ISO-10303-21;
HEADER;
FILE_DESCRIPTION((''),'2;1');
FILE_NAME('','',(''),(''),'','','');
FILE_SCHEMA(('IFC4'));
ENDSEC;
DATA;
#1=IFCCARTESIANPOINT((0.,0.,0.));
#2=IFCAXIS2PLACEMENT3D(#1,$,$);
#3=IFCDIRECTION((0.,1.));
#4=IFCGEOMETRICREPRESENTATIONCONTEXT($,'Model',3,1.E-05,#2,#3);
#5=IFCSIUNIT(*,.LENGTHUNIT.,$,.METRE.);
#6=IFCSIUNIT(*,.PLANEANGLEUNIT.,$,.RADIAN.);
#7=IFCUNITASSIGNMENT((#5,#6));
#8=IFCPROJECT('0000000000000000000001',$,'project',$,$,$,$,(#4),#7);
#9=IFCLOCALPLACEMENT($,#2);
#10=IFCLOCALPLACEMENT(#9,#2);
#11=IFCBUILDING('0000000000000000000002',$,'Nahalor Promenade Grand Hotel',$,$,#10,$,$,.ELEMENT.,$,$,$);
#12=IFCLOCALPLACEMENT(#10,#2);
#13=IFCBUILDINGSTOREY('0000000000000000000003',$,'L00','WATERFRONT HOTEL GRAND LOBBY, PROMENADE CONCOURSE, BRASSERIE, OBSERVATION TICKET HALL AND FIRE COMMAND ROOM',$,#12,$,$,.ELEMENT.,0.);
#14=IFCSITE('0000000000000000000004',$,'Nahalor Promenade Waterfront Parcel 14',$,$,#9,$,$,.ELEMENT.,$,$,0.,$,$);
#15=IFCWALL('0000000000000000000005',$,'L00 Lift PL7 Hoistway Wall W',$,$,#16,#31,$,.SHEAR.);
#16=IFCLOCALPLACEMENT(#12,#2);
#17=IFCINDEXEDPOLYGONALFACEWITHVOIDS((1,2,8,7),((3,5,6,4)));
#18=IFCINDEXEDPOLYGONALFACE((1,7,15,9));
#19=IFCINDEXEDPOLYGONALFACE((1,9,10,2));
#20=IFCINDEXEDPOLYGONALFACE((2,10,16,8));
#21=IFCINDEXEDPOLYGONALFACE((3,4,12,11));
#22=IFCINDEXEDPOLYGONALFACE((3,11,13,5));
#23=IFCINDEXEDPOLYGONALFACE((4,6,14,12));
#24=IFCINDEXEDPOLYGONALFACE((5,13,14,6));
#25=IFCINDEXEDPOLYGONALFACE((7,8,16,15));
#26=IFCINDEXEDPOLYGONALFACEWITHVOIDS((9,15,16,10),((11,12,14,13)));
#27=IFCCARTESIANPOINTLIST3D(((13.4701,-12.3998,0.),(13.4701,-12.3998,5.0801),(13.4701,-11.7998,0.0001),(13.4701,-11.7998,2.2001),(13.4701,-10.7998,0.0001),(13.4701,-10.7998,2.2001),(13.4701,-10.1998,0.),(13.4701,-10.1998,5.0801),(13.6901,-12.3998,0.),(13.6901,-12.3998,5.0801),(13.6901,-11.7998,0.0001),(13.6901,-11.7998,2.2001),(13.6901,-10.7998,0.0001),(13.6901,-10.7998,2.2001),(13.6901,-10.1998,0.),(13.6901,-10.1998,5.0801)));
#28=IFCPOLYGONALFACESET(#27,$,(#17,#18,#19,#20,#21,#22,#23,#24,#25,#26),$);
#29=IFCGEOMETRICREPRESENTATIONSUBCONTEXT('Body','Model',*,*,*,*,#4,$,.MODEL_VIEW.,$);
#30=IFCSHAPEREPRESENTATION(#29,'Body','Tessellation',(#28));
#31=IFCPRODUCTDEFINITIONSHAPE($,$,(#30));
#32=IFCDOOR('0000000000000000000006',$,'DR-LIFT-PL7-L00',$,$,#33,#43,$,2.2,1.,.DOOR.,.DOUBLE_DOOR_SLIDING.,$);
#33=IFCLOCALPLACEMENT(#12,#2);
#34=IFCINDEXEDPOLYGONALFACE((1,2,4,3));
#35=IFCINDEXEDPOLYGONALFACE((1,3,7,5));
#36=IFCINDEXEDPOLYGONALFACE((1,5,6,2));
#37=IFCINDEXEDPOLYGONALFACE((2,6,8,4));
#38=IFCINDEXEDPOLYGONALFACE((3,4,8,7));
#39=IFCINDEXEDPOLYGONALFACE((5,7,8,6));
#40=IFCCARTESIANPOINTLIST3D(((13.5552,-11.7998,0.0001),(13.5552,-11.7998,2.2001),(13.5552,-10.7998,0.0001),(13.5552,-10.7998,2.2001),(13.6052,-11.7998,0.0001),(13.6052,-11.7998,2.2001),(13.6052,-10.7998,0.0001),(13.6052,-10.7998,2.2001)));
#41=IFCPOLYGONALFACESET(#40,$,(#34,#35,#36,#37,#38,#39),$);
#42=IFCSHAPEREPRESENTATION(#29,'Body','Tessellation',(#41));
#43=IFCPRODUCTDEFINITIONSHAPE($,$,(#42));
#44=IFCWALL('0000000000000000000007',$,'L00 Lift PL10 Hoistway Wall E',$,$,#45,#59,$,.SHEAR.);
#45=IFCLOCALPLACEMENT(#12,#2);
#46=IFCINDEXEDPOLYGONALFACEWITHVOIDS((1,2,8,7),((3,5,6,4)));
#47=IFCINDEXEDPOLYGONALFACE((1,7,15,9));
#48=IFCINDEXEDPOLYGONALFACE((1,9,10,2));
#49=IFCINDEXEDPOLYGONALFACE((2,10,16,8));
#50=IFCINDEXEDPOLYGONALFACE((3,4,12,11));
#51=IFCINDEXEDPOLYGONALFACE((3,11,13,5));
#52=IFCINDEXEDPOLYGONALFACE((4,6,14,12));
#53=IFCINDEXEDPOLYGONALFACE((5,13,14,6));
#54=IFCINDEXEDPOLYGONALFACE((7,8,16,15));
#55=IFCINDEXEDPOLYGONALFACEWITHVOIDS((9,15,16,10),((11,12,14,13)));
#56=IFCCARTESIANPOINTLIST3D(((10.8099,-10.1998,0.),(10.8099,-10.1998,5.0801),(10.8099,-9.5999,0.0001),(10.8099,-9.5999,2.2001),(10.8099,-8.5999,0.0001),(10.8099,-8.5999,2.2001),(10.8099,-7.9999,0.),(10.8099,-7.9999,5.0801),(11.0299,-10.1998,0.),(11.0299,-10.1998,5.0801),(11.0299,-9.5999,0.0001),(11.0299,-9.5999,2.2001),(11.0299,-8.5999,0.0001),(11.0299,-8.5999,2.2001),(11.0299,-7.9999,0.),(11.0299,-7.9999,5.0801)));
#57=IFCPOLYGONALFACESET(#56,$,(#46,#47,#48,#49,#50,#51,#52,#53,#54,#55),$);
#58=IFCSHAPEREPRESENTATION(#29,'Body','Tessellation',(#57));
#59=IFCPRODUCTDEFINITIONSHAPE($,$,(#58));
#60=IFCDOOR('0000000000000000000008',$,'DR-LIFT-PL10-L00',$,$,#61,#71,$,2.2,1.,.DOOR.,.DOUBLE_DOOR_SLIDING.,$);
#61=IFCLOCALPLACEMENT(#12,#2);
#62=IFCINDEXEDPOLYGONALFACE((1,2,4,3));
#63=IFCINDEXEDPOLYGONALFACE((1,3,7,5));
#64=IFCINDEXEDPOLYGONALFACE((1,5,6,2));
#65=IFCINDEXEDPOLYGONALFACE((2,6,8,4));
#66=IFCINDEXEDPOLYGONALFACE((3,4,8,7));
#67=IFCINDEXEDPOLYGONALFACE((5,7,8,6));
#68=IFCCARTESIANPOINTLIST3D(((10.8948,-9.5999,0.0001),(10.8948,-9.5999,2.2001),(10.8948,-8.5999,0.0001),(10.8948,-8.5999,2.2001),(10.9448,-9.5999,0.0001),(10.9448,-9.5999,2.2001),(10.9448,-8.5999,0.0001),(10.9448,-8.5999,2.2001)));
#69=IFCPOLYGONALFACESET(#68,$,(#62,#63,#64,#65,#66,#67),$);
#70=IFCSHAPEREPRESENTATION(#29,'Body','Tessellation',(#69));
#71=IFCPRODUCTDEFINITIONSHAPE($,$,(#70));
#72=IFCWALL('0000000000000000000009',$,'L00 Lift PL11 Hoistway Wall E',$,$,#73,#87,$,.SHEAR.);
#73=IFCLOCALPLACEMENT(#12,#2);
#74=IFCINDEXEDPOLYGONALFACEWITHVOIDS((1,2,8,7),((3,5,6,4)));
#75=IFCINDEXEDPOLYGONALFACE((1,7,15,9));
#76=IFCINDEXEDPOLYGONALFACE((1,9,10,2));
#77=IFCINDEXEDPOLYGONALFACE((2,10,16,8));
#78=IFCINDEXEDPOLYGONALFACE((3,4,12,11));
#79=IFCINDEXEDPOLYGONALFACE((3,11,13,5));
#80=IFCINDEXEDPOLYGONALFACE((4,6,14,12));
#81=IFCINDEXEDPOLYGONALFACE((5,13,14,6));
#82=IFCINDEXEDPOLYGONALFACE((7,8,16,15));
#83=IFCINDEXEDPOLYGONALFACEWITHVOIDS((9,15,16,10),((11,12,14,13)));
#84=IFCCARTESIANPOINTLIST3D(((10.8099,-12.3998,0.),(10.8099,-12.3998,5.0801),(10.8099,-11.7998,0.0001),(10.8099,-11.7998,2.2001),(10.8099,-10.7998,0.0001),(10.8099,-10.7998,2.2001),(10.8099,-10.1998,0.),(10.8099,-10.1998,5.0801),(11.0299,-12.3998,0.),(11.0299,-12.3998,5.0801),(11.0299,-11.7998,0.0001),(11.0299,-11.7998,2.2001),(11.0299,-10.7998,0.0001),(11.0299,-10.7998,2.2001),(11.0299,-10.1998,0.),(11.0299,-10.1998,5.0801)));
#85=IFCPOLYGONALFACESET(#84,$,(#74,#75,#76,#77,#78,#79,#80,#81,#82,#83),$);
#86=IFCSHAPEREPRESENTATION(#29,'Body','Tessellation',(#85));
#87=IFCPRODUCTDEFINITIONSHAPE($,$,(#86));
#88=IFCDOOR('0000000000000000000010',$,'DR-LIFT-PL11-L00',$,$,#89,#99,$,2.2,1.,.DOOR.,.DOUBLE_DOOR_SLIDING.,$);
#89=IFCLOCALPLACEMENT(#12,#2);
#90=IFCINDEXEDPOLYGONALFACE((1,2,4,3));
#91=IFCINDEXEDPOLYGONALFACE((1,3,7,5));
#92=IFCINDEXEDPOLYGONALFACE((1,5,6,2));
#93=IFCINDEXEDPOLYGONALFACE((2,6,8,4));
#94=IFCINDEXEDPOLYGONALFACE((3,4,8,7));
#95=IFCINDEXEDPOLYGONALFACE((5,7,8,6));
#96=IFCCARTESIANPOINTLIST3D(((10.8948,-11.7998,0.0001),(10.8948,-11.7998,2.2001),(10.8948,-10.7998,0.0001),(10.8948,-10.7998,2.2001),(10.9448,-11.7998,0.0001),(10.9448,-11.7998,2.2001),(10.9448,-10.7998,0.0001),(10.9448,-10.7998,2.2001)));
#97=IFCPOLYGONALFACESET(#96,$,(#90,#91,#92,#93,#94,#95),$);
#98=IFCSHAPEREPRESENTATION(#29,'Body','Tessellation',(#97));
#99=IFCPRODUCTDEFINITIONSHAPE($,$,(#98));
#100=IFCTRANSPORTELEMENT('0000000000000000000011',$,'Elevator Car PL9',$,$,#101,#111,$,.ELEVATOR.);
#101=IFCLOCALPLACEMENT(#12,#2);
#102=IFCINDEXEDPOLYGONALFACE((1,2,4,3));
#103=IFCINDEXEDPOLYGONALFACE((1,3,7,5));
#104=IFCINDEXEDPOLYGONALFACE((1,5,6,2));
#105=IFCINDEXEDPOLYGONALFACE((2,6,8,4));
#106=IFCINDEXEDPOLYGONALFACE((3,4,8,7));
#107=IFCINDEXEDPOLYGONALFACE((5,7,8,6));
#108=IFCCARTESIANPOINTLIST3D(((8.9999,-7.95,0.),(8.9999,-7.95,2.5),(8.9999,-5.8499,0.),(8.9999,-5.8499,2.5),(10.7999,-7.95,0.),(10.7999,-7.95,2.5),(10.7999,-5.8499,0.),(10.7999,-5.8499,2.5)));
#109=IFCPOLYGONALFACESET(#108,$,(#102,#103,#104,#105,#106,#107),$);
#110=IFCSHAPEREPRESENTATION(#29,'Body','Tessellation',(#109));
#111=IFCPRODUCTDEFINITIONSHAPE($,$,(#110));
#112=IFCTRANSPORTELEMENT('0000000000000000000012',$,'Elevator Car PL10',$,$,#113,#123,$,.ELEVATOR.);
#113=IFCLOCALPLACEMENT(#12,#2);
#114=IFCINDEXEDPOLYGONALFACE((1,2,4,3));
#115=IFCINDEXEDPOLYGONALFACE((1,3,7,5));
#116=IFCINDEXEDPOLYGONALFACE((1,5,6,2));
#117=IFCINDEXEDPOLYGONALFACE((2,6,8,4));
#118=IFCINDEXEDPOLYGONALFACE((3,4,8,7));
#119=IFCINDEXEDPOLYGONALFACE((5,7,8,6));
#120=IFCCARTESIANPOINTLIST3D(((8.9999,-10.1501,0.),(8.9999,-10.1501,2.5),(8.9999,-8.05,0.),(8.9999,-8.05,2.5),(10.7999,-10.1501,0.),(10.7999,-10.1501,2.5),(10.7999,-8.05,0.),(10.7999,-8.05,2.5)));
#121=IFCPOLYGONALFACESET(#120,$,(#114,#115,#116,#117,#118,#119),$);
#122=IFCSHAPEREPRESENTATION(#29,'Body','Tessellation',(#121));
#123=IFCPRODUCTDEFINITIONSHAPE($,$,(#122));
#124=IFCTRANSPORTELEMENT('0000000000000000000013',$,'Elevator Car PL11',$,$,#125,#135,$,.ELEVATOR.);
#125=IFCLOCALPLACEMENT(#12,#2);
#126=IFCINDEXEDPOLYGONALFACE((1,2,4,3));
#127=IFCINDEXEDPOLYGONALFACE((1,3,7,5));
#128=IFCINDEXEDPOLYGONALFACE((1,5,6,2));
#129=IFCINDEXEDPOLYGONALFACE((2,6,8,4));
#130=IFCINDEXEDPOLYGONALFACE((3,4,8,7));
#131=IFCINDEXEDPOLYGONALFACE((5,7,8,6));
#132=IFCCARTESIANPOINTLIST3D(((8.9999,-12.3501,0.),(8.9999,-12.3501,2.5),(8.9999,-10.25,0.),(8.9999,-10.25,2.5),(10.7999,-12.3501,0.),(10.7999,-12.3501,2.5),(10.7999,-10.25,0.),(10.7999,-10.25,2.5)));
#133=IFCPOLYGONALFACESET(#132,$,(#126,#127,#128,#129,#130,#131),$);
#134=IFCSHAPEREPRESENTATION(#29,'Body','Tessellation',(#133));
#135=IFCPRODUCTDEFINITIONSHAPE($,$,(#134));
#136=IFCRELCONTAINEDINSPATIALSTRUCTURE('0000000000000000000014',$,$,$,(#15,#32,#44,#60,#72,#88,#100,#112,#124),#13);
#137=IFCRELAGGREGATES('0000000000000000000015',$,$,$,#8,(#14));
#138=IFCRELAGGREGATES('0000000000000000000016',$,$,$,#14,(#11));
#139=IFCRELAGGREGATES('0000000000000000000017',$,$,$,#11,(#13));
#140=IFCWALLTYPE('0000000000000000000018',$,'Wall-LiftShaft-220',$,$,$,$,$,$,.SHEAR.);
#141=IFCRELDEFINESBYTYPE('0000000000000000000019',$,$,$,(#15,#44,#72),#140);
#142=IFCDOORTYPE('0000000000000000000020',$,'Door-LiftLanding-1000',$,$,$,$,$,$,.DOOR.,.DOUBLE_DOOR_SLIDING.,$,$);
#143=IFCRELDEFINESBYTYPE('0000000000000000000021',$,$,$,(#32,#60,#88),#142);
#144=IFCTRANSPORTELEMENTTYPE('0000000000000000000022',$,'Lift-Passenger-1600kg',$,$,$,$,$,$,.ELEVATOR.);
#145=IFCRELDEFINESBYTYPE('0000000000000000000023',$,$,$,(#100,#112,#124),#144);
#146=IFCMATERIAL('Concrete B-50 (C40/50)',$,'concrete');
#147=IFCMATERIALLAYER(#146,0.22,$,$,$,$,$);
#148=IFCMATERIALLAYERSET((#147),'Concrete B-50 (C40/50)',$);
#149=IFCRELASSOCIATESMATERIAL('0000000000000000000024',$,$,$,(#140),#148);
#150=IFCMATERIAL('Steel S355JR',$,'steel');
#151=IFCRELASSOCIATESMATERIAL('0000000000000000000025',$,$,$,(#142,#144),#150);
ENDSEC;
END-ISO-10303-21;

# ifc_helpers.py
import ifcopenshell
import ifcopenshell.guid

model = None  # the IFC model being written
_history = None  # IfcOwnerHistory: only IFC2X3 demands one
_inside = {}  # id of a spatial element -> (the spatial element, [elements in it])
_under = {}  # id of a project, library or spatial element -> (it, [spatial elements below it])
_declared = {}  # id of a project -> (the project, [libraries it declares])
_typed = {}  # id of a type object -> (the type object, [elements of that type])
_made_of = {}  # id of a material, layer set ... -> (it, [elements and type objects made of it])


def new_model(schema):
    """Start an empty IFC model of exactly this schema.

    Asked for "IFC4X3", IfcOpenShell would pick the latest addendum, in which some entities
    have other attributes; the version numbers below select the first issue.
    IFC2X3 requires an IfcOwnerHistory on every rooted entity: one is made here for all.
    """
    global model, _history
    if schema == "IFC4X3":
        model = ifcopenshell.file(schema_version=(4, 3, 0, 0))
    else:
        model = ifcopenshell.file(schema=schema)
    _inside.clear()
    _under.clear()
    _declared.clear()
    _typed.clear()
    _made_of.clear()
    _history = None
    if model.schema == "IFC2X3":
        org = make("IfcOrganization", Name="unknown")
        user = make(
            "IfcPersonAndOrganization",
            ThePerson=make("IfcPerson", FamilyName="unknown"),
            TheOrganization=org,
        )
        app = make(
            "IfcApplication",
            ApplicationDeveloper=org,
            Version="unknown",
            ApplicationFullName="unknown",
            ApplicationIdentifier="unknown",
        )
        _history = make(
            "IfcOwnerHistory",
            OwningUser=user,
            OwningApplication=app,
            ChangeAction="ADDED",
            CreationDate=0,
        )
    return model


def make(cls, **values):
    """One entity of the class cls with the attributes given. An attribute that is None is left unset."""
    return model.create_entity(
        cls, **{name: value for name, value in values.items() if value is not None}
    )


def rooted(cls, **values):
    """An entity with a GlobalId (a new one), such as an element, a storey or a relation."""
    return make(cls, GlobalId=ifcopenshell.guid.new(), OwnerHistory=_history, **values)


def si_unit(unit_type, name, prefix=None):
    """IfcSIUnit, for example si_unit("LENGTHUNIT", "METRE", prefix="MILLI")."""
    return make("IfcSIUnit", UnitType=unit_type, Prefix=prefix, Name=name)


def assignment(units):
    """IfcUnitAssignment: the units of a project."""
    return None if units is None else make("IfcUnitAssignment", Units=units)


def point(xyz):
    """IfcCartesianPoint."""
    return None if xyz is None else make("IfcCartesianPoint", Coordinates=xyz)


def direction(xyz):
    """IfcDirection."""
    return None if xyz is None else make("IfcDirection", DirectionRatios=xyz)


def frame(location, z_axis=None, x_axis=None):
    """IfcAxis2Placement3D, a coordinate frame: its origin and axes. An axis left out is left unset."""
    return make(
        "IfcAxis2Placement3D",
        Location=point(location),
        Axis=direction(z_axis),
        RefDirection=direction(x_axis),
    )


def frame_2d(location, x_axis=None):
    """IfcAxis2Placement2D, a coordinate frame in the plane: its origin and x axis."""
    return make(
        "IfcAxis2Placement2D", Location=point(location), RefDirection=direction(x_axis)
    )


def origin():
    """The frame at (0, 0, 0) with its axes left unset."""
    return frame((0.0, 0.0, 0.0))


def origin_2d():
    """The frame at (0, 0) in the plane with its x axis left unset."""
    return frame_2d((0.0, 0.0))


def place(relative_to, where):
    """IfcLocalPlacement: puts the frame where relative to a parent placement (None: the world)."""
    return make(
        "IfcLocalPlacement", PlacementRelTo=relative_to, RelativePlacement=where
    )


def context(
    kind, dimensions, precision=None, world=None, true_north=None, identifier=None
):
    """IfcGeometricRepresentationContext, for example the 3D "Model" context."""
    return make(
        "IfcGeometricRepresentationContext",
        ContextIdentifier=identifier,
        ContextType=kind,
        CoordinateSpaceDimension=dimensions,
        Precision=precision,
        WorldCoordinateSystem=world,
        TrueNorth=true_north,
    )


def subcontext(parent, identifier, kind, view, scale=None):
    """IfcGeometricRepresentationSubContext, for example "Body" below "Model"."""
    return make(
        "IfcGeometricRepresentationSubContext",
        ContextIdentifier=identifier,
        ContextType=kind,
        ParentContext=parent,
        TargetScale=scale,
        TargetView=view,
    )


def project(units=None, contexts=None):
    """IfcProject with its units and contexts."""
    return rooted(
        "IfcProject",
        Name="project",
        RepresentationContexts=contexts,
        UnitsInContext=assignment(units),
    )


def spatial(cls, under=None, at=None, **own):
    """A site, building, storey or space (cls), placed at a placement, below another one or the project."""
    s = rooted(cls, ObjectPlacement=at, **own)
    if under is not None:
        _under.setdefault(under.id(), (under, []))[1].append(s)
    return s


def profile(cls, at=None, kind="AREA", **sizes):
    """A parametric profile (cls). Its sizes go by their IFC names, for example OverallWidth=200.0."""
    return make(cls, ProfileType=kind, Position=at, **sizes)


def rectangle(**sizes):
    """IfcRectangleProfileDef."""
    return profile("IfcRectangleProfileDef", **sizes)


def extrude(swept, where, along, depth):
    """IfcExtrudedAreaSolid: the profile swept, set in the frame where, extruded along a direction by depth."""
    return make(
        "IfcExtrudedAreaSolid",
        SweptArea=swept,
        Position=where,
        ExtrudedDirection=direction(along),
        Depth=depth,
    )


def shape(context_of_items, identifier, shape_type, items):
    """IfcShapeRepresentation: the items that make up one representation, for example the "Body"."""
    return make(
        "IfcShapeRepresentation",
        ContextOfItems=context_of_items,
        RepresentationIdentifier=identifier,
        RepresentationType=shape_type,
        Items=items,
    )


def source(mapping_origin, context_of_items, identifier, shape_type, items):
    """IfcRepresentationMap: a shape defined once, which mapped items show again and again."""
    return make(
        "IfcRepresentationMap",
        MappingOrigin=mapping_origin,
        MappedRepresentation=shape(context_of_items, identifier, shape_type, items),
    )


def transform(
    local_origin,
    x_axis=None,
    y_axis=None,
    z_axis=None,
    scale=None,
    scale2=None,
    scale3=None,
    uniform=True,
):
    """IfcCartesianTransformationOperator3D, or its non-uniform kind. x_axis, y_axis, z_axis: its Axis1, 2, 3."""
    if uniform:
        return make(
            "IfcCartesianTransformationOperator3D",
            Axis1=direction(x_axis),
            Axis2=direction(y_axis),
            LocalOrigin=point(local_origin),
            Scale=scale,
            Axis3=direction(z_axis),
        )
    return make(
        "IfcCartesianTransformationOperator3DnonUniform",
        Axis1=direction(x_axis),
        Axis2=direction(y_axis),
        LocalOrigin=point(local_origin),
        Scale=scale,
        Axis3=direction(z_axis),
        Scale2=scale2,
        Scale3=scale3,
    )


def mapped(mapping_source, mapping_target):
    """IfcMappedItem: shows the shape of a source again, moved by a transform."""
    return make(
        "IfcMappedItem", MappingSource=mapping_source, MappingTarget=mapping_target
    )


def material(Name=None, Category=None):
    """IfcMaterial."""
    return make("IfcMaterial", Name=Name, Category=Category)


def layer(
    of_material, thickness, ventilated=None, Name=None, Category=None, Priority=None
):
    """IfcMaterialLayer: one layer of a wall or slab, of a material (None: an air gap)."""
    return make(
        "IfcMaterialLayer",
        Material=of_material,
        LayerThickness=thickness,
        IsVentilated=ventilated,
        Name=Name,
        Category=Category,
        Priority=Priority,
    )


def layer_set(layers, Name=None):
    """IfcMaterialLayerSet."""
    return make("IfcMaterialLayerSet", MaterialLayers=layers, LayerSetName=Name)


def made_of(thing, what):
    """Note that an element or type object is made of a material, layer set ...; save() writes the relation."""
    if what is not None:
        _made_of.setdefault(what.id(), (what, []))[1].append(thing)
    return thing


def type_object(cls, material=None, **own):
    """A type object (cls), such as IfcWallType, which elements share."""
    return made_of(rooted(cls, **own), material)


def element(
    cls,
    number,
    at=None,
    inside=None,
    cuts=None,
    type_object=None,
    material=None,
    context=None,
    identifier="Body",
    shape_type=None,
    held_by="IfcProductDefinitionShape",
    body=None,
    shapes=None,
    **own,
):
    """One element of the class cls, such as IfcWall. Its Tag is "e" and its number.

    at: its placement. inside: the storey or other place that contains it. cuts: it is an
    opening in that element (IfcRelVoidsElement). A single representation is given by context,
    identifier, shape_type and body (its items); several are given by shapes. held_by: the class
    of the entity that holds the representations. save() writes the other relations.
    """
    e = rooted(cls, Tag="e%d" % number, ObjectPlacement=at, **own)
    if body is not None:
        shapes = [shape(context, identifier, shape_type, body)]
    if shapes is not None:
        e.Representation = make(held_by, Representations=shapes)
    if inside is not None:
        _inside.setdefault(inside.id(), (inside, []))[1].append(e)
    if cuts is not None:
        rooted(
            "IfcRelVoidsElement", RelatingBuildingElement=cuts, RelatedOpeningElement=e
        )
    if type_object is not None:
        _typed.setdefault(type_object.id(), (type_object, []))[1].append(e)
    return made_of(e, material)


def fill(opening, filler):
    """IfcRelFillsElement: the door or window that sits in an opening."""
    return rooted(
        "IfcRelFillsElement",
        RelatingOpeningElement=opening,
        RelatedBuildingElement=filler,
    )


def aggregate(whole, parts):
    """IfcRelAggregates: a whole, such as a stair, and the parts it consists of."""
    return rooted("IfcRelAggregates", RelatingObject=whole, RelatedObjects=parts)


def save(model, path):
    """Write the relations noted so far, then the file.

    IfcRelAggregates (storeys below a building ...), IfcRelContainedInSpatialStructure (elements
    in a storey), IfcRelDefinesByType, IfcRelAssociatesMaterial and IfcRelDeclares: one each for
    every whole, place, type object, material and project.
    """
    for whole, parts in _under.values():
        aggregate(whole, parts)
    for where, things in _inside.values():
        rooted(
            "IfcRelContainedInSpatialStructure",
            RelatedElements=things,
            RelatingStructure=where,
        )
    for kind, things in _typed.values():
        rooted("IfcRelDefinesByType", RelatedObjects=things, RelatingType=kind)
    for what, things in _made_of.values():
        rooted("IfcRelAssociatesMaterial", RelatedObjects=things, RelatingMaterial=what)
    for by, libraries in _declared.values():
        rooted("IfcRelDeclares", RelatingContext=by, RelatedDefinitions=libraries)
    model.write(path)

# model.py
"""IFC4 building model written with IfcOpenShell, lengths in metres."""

from ifc_helpers import new_model, si_unit, direction, frame, frame_2d, origin, origin_2d, place, context, subcontext, project, spatial, rectangle, extrude, source, transform, mapped, material, layer, layer_set, type_object, element, fill, save


model = new_model("IFC4")

# Units and contexts
model_context = context("Model", 3, precision=1e-05, world=origin(), true_north=direction((0.0, 1.0)))
body_context = subcontext(model_context, "Body", "Model", "MODEL_VIEW")
ifc_project = project(units=[si_unit("LENGTHUNIT", "METRE"), si_unit("PLANEANGLEUNIT", "RADIAN")], contexts=[model_context])

# Site, building, storey
site_placement = place(None, origin())
site = spatial("IfcSite", under=ifc_project, at=site_placement, Name="Nahalor Promenade Waterfront Parcel 14", CompositionType="ELEMENT", RefElevation=0.0)
building_placement = place(site_placement, origin())
building = spatial("IfcBuilding", under=site, at=building_placement, Name="Nahalor Promenade Grand Hotel", CompositionType="ELEMENT")
storey_placement = place(building_placement, origin())
storey = spatial("IfcBuildingStorey", under=building, at=storey_placement, Name="L00", Description="WATERFRONT HOTEL GRAND LOBBY, PROMENADE CONCOURSE, BRASSERIE, OBSERVATION TICKET HALL AND FIRE COMMAND ROOM", CompositionType="ELEMENT", Elevation=0.0)

# Shared definitions
ifc_material_1 = material(Name="Concrete B-50 (C40/50)", Category="concrete")
ifc_layer = layer(ifc_material_1, 0.22)
ifc_layer_set = layer_set([ifc_layer], Name="Concrete B-50 (C40/50)")
wall_type = type_object("IfcWallType", Name="Wall-LiftShaft-220", PredefinedType="SHEAR", material=ifc_layer_set)
ifc_material_2 = material(Name="Steel S355JR", Category="steel")
door_type = type_object("IfcDoorType", Name="Door-LiftLanding-1000", OperationType="DOUBLE_DOOR_SLIDING", PredefinedType="DOOR", material=ifc_material_2)
shared_shape_1 = source(origin(), body_context, "Body", "SweptSolid", [
    extrude(rectangle(XDim=1.0, YDim=2.2, at=frame_2d((0.5, 1.1001))), frame((0.0, 0.0249, 0.0), z_axis=(0.0, -1.0, 0.0), x_axis=(1.0, 0.0, 0.0)), (0.0, 0.0, 1.0), 0.05),
])

# Walls, openings, doors
shared_shape_2 = source(origin(), body_context, "Body", "SweptSolid", [
    extrude(rectangle(XDim=2.2, YDim=0.22, at=frame_2d((1.1001, 0.0))), origin(), (0.0, 0.0, 1.0), 5.0801),
])
wall_1_placement = place(storey_placement, frame((13.5801, -12.3999, 0.0), z_axis=(0.0, 0.0, 1.0), x_axis=(0.0, 1.0, 0.0)))
wall_1 = element("IfcWall", 1, at=wall_1_placement, inside=storey, type_object=wall_type, Name="L00 Lift PL7 Hoistway Wall W", PredefinedType="SHEAR", context=body_context, shape_type="MappedRepresentation", body=[
    mapped(shared_shape_2, transform((0.0, 0.0, 0.0), scale=1.0)),
])
opening_1_placement = place(wall_1_placement, frame((0.6001, 0.0, 0.0)))
opening_1 = element("IfcOpeningElement", 2, at=opening_1_placement, cuts=wall_1, PredefinedType="OPENING", context=body_context, shape_type="SweptSolid", body=[
    extrude(rectangle(XDim=1.0, YDim=2.2, at=frame_2d((0.5, 1.1001))), frame((0.0, 0.1199, 0.0), z_axis=(0.0, -1.0, 0.0), x_axis=(1.0, 0.0, 0.0)), (0.0, 0.0, 1.0), 0.24),
])
door_1_placement = place(opening_1_placement, origin())
door_1 = element("IfcDoor", 3, at=door_1_placement, inside=storey, type_object=door_type, Name="DR-LIFT-PL7-L00", OperationType="DOUBLE_DOOR_SLIDING", OverallHeight=2.2, OverallWidth=1.0, PredefinedType="DOOR", context=body_context, shape_type="MappedRepresentation", body=[
    mapped(shared_shape_1, transform((0.0, 0.0, 0.0), scale=1.0)),
])
fill(opening_1, door_1)
wall_2_placement = place(storey_placement, frame((10.9199, -10.2, 0.0), z_axis=(0.0, 0.0, 1.0), x_axis=(0.0, 1.0, 0.0)))
wall_2 = element("IfcWall", 4, at=wall_2_placement, inside=storey, type_object=wall_type, Name="L00 Lift PL10 Hoistway Wall E", PredefinedType="SHEAR", context=body_context, shape_type="MappedRepresentation", body=[
    mapped(shared_shape_2, transform((0.0, 0.0, 0.0), scale=1.0)),
])
opening_2_placement = place(wall_2_placement, frame((0.6001, 0.0, 0.0)))
opening_2 = element("IfcOpeningElement", 5, at=opening_2_placement, cuts=wall_2, PredefinedType="OPENING", context=body_context, shape_type="SweptSolid", body=[
    extrude(rectangle(XDim=1.0, YDim=2.2, at=frame_2d((0.5, 1.1001))), frame((0.0, 0.1199, 0.0), z_axis=(0.0, -1.0, 0.0), x_axis=(1.0, 0.0, 0.0)), (0.0, 0.0, 1.0), 0.24),
])
door_2_placement = place(opening_2_placement, frame((1.0, 0.0, 0.0), z_axis=(0.0, 0.0, 1.0), x_axis=(-1.0, 0.0, 0.0)))
door_2 = element("IfcDoor", 6, at=door_2_placement, inside=storey, type_object=door_type, Name="DR-LIFT-PL10-L00", OperationType="DOUBLE_DOOR_SLIDING", OverallHeight=2.2, OverallWidth=1.0, PredefinedType="DOOR", context=body_context, shape_type="MappedRepresentation", body=[
    mapped(shared_shape_1, transform((0.0, 0.0, 0.0), scale=1.0)),
])
fill(opening_2, door_2)
wall_3_placement = place(storey_placement, frame((10.9199, -12.3999, 0.0), z_axis=(0.0, 0.0, 1.0), x_axis=(0.0, 1.0, 0.0)))
wall_3 = element("IfcWall", 7, at=wall_3_placement, inside=storey, type_object=wall_type, Name="L00 Lift PL11 Hoistway Wall E", PredefinedType="SHEAR", context=body_context, shape_type="MappedRepresentation", body=[
    mapped(shared_shape_2, transform((0.0, 0.0, 0.0), scale=1.0)),
])
opening_3_placement = place(wall_3_placement, frame((0.6001, 0.0, 0.0)))
opening_3 = element("IfcOpeningElement", 8, at=opening_3_placement, cuts=wall_3, PredefinedType="OPENING", context=body_context, shape_type="SweptSolid", body=[
    extrude(rectangle(XDim=1.0, YDim=2.2, at=frame_2d((0.5, 1.1001))), frame((0.0, 0.1199, 0.0), z_axis=(0.0, -1.0, 0.0), x_axis=(1.0, 0.0, 0.0)), (0.0, 0.0, 1.0), 0.24),
])
door_3_placement = place(opening_3_placement, frame((1.0, 0.0, 0.0), z_axis=(0.0, 0.0, 1.0), x_axis=(-1.0, 0.0, 0.0)))
door_3 = element("IfcDoor", 9, at=door_3_placement, inside=storey, type_object=door_type, Name="DR-LIFT-PL11-L00", OperationType="DOUBLE_DOOR_SLIDING", OverallHeight=2.2, OverallWidth=1.0, PredefinedType="DOOR", context=body_context, shape_type="MappedRepresentation", body=[
    mapped(shared_shape_1, transform((0.0, 0.0, 0.0), scale=1.0)),
])
fill(opening_3, door_3)

# Transport elements
transport_element_type = type_object("IfcTransportElementType", Name="Lift-Passenger-1600kg", PredefinedType="ELEVATOR", material=ifc_material_2)
shared_shape_3 = source(origin(), body_context, "Body", "SweptSolid", [
    extrude(rectangle(XDim=1.8, YDim=2.1001, at=origin_2d()), origin(), (0.0, 0.0, 1.0), 2.5),
])
for number, where, z_axis, x_axis, name in (
    (10, (9.8999, -6.8999, 0.0), (0.0, 0.0, 1.0), (1.0, 0.0, 0.0), "Elevator Car PL9"),
    (11, (9.8999, -9.1001, 0.0), (0.0, 0.0, 1.0), (1.0, 0.0, 0.0), "Elevator Car PL10"),
    (12, (9.8999, -11.3, 0.0), (0.0, 0.0, 1.0), (1.0, 0.0, 0.0), "Elevator Car PL11"),
):
    element("IfcTransportElement", number, at=place(storey_placement, frame(where, z_axis=z_axis, x_axis=x_axis)), inside=storey, type_object=transport_element_type, Name=name, PredefinedType="ELEVATOR", context=body_context, shape_type="MappedRepresentation", body=[
        mapped(shared_shape_3, transform((0.0, 0.0, 0.0), scale=1.0)),
    ])

save(model, "model.ifc")
